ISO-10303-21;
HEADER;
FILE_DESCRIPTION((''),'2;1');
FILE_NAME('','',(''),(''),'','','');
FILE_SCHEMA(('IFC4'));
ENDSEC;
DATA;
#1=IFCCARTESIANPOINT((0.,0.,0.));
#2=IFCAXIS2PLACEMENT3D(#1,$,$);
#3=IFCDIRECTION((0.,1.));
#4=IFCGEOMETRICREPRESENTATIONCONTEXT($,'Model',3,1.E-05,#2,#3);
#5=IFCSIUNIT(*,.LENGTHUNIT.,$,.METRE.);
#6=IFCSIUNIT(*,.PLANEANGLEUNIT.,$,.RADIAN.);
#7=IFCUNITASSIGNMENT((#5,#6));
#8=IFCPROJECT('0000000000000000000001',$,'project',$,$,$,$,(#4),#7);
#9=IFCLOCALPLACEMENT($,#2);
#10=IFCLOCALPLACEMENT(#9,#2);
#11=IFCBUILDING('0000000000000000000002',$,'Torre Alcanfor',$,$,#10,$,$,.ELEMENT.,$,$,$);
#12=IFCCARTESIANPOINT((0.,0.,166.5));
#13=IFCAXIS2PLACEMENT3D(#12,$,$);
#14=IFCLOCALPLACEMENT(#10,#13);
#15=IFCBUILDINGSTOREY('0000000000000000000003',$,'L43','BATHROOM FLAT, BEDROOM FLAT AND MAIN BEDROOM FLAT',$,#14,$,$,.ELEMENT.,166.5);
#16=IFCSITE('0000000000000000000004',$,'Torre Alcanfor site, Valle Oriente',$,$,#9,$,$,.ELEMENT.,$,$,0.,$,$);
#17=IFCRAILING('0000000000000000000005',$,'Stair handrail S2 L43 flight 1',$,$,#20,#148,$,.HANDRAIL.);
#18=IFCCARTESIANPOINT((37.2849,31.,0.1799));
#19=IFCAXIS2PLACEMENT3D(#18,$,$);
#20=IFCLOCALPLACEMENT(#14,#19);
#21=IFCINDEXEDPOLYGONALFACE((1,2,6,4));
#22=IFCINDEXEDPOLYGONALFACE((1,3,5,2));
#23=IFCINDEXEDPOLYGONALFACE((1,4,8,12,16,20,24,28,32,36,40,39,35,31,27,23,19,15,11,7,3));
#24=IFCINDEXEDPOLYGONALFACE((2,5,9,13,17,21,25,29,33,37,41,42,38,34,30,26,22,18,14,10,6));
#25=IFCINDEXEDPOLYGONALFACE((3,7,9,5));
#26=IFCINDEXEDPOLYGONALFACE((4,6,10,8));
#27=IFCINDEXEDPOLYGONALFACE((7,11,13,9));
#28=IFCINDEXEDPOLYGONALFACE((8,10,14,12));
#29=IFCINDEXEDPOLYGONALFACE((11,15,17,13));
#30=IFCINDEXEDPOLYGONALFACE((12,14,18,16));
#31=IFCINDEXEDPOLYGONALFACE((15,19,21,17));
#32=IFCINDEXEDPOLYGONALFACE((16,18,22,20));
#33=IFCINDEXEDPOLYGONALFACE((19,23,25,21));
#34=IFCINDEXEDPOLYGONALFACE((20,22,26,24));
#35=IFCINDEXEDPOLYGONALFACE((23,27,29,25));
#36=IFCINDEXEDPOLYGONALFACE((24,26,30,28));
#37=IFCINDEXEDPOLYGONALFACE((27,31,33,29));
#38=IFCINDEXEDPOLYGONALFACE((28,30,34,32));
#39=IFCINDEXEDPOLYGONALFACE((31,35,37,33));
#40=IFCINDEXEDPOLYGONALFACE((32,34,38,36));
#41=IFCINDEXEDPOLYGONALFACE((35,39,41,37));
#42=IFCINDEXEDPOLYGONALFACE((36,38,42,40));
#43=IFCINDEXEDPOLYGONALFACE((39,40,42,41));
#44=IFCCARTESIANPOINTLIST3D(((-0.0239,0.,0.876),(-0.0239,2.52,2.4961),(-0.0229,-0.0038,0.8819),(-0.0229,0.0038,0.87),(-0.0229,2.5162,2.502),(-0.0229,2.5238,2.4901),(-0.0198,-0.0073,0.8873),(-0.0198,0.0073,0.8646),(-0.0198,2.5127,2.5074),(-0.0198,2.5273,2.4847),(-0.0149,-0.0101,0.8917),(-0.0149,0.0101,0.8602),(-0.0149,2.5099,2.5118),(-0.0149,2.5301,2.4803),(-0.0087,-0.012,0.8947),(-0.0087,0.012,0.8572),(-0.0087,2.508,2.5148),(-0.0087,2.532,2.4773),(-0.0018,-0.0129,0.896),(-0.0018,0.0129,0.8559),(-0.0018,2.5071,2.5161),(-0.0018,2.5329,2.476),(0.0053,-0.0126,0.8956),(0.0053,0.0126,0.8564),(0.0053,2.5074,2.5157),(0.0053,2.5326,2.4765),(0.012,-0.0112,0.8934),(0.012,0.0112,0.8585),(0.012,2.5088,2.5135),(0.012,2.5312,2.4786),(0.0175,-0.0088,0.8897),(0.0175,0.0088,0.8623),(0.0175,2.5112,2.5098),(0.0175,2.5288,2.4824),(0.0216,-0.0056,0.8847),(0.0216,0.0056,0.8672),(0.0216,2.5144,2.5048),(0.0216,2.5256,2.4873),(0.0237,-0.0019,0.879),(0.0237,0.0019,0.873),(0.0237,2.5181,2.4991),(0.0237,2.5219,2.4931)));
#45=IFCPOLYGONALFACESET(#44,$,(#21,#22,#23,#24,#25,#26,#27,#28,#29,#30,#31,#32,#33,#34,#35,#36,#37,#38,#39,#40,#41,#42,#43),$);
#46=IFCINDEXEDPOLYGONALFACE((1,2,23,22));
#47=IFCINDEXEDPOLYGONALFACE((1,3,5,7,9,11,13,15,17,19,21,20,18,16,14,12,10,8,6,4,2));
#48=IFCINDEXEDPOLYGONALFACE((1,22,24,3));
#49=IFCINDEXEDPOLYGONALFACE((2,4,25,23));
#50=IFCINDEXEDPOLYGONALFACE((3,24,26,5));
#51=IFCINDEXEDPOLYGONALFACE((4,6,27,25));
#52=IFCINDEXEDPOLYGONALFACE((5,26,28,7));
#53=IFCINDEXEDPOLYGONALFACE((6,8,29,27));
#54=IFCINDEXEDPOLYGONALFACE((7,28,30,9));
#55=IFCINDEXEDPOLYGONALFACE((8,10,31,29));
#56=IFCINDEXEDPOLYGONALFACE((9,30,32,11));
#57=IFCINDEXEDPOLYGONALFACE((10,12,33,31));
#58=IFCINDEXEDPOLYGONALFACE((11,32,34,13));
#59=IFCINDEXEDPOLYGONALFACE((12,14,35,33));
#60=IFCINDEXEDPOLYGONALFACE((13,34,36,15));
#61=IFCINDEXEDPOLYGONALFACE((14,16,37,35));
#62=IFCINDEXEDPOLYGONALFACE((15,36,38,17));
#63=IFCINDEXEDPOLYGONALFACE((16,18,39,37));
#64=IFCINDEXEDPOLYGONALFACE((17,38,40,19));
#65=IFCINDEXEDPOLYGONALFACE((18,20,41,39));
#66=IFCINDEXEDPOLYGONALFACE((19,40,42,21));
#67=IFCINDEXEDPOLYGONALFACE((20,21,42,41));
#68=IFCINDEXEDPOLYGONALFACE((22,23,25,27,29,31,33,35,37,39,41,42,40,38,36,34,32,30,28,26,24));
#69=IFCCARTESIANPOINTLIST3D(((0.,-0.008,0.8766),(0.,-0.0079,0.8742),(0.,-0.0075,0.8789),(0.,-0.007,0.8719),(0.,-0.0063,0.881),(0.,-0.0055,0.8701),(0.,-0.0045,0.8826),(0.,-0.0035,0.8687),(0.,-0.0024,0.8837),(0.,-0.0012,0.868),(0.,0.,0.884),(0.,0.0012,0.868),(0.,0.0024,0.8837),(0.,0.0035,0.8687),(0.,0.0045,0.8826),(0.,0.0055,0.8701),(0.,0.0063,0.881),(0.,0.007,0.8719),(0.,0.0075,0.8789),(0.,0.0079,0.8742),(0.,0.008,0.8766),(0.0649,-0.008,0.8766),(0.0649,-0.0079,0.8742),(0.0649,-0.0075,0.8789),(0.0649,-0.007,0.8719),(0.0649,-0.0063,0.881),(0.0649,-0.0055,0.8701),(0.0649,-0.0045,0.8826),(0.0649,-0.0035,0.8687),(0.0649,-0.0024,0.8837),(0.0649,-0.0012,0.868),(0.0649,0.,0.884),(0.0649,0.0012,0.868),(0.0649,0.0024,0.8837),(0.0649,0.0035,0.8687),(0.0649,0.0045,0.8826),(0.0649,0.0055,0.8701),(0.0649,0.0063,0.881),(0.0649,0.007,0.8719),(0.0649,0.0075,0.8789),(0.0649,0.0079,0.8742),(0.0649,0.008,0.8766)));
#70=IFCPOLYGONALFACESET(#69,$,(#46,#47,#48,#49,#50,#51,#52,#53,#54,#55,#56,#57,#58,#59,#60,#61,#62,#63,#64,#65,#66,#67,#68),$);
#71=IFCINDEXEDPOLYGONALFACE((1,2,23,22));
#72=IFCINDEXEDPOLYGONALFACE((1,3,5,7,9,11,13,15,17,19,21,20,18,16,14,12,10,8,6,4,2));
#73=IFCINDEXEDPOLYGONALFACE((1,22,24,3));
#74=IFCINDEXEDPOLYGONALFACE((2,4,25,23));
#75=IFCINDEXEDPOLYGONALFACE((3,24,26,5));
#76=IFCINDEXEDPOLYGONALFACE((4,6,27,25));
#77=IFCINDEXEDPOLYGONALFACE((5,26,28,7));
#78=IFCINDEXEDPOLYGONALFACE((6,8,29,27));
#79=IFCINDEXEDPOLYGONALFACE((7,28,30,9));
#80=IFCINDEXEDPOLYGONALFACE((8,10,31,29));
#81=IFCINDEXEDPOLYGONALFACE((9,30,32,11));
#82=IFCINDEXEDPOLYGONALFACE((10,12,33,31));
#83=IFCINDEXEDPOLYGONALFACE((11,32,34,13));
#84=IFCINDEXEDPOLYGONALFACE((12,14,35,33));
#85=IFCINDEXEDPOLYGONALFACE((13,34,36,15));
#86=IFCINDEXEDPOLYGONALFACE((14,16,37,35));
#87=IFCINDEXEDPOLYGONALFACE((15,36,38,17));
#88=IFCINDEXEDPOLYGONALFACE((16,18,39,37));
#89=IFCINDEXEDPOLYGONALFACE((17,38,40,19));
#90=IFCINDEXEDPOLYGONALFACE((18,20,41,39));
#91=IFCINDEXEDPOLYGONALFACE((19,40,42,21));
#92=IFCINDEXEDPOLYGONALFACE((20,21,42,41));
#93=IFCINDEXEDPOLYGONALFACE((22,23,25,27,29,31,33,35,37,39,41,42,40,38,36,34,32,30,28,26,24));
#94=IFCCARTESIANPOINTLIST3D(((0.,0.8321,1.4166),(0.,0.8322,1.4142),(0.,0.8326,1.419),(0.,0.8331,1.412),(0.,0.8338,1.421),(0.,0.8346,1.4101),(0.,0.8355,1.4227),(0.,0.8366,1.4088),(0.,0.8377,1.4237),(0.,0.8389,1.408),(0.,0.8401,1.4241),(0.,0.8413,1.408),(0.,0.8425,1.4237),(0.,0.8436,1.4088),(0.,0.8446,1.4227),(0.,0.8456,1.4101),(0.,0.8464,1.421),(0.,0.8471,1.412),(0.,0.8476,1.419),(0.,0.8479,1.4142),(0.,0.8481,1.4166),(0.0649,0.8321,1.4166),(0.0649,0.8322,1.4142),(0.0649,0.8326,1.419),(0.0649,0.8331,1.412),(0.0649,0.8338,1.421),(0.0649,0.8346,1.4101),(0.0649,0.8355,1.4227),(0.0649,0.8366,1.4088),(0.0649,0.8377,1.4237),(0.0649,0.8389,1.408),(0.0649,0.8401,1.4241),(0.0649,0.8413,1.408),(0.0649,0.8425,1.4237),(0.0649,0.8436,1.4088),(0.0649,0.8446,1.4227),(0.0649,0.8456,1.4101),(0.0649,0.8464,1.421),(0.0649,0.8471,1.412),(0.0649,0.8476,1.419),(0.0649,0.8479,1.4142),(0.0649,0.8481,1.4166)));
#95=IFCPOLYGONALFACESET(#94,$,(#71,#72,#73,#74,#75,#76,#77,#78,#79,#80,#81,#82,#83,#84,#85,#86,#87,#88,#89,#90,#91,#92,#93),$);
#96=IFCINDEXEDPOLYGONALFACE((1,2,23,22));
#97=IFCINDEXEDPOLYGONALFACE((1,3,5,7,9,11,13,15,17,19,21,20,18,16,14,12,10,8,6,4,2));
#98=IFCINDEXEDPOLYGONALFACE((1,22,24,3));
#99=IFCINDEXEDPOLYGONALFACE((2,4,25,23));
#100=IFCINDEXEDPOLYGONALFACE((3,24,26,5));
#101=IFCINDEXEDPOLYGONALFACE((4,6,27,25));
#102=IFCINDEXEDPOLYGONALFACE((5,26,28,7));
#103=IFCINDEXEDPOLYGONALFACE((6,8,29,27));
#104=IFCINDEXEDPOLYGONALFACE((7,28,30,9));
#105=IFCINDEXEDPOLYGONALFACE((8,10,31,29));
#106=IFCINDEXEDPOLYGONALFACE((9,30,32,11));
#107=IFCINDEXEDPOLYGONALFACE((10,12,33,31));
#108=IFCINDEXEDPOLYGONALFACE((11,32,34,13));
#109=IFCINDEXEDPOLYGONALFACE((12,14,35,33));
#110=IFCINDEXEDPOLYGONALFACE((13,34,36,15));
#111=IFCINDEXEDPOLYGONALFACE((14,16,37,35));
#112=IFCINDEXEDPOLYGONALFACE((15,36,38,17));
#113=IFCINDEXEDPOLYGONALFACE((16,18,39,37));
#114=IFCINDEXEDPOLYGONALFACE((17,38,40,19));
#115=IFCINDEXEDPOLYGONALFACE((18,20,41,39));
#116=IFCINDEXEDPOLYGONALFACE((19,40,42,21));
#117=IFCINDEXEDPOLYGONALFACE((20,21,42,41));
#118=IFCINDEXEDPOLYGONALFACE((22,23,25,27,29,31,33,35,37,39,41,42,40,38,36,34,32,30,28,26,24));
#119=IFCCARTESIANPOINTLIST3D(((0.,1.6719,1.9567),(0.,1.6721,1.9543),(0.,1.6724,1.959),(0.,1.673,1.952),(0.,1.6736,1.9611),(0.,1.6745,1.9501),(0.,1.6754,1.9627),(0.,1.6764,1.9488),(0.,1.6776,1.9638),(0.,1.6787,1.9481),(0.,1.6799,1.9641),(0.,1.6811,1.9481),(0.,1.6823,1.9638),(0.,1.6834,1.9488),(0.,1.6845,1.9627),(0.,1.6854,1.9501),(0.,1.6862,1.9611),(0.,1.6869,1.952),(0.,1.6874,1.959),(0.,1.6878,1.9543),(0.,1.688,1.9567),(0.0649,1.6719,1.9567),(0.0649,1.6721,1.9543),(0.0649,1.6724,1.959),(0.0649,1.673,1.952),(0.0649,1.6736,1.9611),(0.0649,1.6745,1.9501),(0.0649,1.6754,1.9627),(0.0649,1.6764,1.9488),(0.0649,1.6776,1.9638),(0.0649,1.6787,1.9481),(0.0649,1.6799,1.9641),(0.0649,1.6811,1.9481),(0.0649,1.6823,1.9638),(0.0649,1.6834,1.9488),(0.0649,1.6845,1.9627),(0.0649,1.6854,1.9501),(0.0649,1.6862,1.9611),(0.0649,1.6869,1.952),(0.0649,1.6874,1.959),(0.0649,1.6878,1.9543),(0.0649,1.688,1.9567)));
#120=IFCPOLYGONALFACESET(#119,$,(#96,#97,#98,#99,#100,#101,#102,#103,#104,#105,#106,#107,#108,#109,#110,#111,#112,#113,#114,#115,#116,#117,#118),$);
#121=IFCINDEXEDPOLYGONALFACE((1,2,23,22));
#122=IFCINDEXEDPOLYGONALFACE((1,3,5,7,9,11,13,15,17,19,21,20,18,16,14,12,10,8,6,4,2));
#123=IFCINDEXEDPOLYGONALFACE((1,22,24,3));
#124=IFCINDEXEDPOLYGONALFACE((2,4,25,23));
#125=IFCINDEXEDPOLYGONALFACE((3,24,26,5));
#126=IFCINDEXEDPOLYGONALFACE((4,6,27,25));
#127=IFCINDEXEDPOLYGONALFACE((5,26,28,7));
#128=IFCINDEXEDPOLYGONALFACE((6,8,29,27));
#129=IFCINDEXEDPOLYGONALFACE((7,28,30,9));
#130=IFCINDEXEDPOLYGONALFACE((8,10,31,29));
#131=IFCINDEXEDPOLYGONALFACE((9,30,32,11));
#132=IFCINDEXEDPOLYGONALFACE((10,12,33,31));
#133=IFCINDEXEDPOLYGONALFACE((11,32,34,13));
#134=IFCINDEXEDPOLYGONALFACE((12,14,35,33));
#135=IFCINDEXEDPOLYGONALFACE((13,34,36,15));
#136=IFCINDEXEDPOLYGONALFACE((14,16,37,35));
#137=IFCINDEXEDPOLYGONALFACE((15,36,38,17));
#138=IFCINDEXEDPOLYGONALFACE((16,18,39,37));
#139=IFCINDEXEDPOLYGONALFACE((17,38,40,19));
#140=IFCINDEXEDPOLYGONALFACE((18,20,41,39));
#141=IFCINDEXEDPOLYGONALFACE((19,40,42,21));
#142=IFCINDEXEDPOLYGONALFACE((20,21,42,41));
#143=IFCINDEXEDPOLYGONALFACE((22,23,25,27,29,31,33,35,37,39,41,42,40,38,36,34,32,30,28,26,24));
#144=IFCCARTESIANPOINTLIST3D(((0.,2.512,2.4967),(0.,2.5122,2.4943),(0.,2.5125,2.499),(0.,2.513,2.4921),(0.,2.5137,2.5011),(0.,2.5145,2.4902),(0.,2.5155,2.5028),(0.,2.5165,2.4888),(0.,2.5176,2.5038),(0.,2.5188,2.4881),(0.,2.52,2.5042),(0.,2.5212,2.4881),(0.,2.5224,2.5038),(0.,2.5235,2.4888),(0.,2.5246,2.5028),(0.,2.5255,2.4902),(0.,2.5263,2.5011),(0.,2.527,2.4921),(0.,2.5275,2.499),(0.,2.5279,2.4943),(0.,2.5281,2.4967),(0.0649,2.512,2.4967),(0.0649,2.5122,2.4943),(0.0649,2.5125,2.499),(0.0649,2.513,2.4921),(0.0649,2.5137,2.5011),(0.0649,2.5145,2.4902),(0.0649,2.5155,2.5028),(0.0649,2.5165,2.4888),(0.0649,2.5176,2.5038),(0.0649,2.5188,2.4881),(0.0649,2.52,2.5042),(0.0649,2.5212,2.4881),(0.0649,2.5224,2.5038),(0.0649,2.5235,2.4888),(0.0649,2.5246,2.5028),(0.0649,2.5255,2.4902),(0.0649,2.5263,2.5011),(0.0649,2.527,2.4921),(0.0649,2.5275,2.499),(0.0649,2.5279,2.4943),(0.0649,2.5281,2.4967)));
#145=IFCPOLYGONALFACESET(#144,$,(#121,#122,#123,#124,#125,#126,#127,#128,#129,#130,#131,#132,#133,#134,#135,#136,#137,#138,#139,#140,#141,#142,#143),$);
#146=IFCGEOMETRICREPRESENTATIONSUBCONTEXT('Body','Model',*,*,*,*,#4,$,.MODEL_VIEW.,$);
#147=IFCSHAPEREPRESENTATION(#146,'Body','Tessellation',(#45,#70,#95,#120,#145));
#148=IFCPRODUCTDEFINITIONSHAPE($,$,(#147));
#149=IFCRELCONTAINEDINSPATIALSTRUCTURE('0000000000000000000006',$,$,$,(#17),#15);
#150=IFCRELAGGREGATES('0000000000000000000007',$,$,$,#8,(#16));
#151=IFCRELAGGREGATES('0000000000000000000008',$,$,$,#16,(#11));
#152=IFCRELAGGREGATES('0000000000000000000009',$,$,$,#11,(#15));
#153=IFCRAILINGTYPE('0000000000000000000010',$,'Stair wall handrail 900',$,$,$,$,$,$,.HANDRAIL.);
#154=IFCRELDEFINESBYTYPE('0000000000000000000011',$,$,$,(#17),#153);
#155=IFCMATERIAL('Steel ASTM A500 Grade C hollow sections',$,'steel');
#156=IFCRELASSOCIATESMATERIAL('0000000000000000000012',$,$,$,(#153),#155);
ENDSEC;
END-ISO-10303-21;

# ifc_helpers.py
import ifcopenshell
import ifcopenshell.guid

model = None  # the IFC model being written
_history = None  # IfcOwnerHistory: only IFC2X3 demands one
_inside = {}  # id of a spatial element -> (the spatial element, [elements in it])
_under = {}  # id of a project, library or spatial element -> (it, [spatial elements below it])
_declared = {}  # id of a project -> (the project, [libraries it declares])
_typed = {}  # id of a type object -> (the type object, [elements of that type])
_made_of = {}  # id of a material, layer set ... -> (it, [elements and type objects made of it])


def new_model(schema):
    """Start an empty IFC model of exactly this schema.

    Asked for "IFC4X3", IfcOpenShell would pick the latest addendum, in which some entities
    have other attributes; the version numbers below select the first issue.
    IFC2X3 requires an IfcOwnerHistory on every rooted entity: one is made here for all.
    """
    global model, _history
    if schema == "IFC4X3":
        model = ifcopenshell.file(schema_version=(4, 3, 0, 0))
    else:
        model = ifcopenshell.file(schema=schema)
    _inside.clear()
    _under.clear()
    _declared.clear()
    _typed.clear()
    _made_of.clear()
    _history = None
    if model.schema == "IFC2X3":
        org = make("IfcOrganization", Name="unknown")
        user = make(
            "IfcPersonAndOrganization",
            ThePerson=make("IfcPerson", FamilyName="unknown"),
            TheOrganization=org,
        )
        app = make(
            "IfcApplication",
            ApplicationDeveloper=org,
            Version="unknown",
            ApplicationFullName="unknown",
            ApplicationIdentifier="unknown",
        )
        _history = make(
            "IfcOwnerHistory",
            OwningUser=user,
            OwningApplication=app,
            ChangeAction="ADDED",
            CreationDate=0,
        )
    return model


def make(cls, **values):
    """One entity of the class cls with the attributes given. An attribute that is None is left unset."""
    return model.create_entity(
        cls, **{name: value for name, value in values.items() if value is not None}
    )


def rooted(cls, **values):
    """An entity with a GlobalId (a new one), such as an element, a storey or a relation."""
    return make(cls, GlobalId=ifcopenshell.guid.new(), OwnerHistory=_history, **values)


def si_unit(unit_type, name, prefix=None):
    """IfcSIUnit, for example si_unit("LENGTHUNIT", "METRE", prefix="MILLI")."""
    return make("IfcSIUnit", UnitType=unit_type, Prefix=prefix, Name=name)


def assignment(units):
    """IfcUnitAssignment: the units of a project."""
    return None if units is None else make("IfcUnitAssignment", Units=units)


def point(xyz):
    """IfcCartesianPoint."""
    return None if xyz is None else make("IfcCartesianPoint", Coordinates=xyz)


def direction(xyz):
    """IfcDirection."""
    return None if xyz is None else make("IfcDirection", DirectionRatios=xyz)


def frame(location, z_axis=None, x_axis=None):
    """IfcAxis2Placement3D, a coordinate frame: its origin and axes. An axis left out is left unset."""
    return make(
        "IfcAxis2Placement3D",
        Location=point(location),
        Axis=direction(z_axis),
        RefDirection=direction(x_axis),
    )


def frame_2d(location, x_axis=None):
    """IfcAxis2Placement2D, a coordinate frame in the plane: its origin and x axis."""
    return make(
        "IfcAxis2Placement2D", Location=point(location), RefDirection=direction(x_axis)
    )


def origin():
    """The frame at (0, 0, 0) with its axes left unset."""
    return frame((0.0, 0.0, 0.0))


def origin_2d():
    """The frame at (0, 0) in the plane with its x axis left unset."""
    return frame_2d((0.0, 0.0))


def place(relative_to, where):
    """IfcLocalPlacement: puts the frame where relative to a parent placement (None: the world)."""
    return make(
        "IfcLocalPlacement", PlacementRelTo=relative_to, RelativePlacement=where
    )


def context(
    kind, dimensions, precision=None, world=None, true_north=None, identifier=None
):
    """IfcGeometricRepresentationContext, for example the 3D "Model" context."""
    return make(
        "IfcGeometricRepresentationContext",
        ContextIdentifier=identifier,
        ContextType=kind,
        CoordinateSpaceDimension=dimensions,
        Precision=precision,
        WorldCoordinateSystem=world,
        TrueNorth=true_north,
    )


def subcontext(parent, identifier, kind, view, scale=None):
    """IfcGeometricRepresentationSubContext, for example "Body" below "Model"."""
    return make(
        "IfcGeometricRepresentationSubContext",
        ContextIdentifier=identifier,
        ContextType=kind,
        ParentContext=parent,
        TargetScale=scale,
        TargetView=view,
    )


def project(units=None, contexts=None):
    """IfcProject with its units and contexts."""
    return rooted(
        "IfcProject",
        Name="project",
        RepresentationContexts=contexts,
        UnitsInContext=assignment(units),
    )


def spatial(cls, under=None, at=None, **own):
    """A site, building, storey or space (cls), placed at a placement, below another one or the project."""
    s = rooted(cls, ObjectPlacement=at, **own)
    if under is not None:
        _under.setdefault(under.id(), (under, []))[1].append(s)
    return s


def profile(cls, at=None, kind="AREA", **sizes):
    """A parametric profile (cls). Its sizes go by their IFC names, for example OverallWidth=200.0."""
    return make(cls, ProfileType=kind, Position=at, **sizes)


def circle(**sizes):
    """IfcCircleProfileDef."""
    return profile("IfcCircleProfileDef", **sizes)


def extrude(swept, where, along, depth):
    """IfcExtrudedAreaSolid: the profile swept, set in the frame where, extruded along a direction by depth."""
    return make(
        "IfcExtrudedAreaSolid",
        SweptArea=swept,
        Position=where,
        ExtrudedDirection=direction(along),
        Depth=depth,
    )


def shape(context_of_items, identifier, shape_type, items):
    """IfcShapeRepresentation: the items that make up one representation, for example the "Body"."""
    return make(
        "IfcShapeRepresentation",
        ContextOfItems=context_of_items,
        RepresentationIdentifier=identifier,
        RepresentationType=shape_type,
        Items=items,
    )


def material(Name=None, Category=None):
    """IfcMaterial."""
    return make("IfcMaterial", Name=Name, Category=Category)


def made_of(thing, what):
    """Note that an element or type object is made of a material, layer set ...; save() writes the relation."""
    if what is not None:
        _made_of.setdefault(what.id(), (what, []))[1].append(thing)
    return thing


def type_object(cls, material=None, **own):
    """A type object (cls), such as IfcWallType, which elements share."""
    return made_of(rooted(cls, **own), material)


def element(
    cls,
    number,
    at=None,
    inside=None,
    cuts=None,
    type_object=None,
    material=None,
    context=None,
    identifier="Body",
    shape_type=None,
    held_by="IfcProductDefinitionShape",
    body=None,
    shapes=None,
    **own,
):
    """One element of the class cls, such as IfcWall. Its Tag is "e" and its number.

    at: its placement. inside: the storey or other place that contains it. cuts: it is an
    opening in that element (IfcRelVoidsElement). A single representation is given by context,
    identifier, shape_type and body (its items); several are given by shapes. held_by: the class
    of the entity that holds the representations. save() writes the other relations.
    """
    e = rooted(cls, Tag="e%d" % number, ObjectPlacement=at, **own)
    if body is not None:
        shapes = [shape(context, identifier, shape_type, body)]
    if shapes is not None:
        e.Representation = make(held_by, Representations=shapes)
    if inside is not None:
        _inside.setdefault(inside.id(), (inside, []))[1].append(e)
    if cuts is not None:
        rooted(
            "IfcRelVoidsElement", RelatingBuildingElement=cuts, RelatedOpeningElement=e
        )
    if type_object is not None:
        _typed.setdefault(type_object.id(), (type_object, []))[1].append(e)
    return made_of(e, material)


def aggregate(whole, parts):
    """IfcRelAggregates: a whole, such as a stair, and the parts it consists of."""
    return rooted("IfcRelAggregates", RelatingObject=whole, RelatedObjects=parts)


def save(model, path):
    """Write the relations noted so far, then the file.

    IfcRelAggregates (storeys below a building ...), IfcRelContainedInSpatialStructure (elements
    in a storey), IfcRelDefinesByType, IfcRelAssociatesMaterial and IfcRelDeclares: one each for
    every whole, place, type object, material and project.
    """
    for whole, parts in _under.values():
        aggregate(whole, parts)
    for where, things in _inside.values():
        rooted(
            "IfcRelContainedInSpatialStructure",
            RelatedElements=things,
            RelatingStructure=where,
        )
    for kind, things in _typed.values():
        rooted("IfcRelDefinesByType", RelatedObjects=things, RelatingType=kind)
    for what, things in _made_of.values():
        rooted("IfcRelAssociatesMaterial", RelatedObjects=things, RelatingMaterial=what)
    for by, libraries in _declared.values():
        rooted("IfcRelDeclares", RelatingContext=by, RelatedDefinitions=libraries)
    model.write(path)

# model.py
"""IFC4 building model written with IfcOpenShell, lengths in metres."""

from ifc_helpers import new_model, si_unit, direction, frame, origin, origin_2d, place, context, subcontext, project, spatial, circle, extrude, material, type_object, element, save


model = new_model("IFC4")

# Units and contexts
model_context = context("Model", 3, precision=1e-05, world=origin(), true_north=direction((0.0, 1.0)))
body_context = subcontext(model_context, "Body", "Model", "MODEL_VIEW")
ifc_project = project(units=[si_unit("LENGTHUNIT", "METRE"), si_unit("PLANEANGLEUNIT", "RADIAN")], contexts=[model_context])

# Site, building, storey
site_placement = place(None, origin())
site = spatial("IfcSite", under=ifc_project, at=site_placement, Name="Torre Alcanfor site, Valle Oriente", CompositionType="ELEMENT", RefElevation=0.0)
building_placement = place(site_placement, origin())
building = spatial("IfcBuilding", under=site, at=building_placement, Name="Torre Alcanfor", CompositionType="ELEMENT")
storey_placement = place(building_placement, frame((0.0, 0.0, 166.5)))
storey = spatial("IfcBuildingStorey", under=building, at=storey_placement, Name="L43", Description="BATHROOM FLAT, BEDROOM FLAT AND MAIN BEDROOM FLAT", CompositionType="ELEMENT", Elevation=166.5)

# Railing
ifc_material_1 = material(Name="Steel ASTM A500 Grade C hollow sections", Category="steel")
railing_type_1 = type_object("IfcRailingType", Name="Stair wall handrail 900", PredefinedType="HANDRAIL", material=ifc_material_1)
railing_1_placement = place(storey_placement, frame((37.2849, 31.0, 0.1799)))
element("IfcRailing", 1, at=railing_1_placement, inside=storey, type_object=railing_type_1, Name="Stair handrail S2 L43 flight 1", PredefinedType="HANDRAIL", context=body_context, shape_type="SweptSolid", body=[
    extrude(circle(Radius=0.0239, at=origin_2d()), frame((0.0, 0.0, 0.876), z_axis=(0.0, 0.841163, 0.540782), x_axis=(-1.0, 0.0, 0.0)), (0.0, 0.0, 1.0), 2.9958),
    extrude(circle(Radius=0.0081, at=origin_2d()), frame((0.0, 0.0, 0.876), z_axis=(1.0, 0.0, 0.0), x_axis=(0.0, 0.0, 1.0)), (0.0, 0.0, 1.0), 0.0649),
    extrude(circle(Radius=0.0081, at=origin_2d()), frame((0.0, 0.8401, 1.416), z_axis=(1.0, 0.0, 0.0), x_axis=(0.0, 0.0, 1.0)), (0.0, 0.0, 1.0), 0.0649),
    extrude(circle(Radius=0.0081, at=origin_2d()), frame((0.0, 1.6799, 1.9561), z_axis=(1.0, 0.0, 0.0), x_axis=(0.0, 0.0, 1.0)), (0.0, 0.0, 1.0), 0.0649),
    extrude(circle(Radius=0.0081, at=origin_2d()), frame((0.0, 2.52, 2.4961), z_axis=(1.0, 0.0, 0.0), x_axis=(0.0, 0.0, 1.0)), (0.0, 0.0, 1.0), 0.0649),
])

save(model, "model.ifc")
